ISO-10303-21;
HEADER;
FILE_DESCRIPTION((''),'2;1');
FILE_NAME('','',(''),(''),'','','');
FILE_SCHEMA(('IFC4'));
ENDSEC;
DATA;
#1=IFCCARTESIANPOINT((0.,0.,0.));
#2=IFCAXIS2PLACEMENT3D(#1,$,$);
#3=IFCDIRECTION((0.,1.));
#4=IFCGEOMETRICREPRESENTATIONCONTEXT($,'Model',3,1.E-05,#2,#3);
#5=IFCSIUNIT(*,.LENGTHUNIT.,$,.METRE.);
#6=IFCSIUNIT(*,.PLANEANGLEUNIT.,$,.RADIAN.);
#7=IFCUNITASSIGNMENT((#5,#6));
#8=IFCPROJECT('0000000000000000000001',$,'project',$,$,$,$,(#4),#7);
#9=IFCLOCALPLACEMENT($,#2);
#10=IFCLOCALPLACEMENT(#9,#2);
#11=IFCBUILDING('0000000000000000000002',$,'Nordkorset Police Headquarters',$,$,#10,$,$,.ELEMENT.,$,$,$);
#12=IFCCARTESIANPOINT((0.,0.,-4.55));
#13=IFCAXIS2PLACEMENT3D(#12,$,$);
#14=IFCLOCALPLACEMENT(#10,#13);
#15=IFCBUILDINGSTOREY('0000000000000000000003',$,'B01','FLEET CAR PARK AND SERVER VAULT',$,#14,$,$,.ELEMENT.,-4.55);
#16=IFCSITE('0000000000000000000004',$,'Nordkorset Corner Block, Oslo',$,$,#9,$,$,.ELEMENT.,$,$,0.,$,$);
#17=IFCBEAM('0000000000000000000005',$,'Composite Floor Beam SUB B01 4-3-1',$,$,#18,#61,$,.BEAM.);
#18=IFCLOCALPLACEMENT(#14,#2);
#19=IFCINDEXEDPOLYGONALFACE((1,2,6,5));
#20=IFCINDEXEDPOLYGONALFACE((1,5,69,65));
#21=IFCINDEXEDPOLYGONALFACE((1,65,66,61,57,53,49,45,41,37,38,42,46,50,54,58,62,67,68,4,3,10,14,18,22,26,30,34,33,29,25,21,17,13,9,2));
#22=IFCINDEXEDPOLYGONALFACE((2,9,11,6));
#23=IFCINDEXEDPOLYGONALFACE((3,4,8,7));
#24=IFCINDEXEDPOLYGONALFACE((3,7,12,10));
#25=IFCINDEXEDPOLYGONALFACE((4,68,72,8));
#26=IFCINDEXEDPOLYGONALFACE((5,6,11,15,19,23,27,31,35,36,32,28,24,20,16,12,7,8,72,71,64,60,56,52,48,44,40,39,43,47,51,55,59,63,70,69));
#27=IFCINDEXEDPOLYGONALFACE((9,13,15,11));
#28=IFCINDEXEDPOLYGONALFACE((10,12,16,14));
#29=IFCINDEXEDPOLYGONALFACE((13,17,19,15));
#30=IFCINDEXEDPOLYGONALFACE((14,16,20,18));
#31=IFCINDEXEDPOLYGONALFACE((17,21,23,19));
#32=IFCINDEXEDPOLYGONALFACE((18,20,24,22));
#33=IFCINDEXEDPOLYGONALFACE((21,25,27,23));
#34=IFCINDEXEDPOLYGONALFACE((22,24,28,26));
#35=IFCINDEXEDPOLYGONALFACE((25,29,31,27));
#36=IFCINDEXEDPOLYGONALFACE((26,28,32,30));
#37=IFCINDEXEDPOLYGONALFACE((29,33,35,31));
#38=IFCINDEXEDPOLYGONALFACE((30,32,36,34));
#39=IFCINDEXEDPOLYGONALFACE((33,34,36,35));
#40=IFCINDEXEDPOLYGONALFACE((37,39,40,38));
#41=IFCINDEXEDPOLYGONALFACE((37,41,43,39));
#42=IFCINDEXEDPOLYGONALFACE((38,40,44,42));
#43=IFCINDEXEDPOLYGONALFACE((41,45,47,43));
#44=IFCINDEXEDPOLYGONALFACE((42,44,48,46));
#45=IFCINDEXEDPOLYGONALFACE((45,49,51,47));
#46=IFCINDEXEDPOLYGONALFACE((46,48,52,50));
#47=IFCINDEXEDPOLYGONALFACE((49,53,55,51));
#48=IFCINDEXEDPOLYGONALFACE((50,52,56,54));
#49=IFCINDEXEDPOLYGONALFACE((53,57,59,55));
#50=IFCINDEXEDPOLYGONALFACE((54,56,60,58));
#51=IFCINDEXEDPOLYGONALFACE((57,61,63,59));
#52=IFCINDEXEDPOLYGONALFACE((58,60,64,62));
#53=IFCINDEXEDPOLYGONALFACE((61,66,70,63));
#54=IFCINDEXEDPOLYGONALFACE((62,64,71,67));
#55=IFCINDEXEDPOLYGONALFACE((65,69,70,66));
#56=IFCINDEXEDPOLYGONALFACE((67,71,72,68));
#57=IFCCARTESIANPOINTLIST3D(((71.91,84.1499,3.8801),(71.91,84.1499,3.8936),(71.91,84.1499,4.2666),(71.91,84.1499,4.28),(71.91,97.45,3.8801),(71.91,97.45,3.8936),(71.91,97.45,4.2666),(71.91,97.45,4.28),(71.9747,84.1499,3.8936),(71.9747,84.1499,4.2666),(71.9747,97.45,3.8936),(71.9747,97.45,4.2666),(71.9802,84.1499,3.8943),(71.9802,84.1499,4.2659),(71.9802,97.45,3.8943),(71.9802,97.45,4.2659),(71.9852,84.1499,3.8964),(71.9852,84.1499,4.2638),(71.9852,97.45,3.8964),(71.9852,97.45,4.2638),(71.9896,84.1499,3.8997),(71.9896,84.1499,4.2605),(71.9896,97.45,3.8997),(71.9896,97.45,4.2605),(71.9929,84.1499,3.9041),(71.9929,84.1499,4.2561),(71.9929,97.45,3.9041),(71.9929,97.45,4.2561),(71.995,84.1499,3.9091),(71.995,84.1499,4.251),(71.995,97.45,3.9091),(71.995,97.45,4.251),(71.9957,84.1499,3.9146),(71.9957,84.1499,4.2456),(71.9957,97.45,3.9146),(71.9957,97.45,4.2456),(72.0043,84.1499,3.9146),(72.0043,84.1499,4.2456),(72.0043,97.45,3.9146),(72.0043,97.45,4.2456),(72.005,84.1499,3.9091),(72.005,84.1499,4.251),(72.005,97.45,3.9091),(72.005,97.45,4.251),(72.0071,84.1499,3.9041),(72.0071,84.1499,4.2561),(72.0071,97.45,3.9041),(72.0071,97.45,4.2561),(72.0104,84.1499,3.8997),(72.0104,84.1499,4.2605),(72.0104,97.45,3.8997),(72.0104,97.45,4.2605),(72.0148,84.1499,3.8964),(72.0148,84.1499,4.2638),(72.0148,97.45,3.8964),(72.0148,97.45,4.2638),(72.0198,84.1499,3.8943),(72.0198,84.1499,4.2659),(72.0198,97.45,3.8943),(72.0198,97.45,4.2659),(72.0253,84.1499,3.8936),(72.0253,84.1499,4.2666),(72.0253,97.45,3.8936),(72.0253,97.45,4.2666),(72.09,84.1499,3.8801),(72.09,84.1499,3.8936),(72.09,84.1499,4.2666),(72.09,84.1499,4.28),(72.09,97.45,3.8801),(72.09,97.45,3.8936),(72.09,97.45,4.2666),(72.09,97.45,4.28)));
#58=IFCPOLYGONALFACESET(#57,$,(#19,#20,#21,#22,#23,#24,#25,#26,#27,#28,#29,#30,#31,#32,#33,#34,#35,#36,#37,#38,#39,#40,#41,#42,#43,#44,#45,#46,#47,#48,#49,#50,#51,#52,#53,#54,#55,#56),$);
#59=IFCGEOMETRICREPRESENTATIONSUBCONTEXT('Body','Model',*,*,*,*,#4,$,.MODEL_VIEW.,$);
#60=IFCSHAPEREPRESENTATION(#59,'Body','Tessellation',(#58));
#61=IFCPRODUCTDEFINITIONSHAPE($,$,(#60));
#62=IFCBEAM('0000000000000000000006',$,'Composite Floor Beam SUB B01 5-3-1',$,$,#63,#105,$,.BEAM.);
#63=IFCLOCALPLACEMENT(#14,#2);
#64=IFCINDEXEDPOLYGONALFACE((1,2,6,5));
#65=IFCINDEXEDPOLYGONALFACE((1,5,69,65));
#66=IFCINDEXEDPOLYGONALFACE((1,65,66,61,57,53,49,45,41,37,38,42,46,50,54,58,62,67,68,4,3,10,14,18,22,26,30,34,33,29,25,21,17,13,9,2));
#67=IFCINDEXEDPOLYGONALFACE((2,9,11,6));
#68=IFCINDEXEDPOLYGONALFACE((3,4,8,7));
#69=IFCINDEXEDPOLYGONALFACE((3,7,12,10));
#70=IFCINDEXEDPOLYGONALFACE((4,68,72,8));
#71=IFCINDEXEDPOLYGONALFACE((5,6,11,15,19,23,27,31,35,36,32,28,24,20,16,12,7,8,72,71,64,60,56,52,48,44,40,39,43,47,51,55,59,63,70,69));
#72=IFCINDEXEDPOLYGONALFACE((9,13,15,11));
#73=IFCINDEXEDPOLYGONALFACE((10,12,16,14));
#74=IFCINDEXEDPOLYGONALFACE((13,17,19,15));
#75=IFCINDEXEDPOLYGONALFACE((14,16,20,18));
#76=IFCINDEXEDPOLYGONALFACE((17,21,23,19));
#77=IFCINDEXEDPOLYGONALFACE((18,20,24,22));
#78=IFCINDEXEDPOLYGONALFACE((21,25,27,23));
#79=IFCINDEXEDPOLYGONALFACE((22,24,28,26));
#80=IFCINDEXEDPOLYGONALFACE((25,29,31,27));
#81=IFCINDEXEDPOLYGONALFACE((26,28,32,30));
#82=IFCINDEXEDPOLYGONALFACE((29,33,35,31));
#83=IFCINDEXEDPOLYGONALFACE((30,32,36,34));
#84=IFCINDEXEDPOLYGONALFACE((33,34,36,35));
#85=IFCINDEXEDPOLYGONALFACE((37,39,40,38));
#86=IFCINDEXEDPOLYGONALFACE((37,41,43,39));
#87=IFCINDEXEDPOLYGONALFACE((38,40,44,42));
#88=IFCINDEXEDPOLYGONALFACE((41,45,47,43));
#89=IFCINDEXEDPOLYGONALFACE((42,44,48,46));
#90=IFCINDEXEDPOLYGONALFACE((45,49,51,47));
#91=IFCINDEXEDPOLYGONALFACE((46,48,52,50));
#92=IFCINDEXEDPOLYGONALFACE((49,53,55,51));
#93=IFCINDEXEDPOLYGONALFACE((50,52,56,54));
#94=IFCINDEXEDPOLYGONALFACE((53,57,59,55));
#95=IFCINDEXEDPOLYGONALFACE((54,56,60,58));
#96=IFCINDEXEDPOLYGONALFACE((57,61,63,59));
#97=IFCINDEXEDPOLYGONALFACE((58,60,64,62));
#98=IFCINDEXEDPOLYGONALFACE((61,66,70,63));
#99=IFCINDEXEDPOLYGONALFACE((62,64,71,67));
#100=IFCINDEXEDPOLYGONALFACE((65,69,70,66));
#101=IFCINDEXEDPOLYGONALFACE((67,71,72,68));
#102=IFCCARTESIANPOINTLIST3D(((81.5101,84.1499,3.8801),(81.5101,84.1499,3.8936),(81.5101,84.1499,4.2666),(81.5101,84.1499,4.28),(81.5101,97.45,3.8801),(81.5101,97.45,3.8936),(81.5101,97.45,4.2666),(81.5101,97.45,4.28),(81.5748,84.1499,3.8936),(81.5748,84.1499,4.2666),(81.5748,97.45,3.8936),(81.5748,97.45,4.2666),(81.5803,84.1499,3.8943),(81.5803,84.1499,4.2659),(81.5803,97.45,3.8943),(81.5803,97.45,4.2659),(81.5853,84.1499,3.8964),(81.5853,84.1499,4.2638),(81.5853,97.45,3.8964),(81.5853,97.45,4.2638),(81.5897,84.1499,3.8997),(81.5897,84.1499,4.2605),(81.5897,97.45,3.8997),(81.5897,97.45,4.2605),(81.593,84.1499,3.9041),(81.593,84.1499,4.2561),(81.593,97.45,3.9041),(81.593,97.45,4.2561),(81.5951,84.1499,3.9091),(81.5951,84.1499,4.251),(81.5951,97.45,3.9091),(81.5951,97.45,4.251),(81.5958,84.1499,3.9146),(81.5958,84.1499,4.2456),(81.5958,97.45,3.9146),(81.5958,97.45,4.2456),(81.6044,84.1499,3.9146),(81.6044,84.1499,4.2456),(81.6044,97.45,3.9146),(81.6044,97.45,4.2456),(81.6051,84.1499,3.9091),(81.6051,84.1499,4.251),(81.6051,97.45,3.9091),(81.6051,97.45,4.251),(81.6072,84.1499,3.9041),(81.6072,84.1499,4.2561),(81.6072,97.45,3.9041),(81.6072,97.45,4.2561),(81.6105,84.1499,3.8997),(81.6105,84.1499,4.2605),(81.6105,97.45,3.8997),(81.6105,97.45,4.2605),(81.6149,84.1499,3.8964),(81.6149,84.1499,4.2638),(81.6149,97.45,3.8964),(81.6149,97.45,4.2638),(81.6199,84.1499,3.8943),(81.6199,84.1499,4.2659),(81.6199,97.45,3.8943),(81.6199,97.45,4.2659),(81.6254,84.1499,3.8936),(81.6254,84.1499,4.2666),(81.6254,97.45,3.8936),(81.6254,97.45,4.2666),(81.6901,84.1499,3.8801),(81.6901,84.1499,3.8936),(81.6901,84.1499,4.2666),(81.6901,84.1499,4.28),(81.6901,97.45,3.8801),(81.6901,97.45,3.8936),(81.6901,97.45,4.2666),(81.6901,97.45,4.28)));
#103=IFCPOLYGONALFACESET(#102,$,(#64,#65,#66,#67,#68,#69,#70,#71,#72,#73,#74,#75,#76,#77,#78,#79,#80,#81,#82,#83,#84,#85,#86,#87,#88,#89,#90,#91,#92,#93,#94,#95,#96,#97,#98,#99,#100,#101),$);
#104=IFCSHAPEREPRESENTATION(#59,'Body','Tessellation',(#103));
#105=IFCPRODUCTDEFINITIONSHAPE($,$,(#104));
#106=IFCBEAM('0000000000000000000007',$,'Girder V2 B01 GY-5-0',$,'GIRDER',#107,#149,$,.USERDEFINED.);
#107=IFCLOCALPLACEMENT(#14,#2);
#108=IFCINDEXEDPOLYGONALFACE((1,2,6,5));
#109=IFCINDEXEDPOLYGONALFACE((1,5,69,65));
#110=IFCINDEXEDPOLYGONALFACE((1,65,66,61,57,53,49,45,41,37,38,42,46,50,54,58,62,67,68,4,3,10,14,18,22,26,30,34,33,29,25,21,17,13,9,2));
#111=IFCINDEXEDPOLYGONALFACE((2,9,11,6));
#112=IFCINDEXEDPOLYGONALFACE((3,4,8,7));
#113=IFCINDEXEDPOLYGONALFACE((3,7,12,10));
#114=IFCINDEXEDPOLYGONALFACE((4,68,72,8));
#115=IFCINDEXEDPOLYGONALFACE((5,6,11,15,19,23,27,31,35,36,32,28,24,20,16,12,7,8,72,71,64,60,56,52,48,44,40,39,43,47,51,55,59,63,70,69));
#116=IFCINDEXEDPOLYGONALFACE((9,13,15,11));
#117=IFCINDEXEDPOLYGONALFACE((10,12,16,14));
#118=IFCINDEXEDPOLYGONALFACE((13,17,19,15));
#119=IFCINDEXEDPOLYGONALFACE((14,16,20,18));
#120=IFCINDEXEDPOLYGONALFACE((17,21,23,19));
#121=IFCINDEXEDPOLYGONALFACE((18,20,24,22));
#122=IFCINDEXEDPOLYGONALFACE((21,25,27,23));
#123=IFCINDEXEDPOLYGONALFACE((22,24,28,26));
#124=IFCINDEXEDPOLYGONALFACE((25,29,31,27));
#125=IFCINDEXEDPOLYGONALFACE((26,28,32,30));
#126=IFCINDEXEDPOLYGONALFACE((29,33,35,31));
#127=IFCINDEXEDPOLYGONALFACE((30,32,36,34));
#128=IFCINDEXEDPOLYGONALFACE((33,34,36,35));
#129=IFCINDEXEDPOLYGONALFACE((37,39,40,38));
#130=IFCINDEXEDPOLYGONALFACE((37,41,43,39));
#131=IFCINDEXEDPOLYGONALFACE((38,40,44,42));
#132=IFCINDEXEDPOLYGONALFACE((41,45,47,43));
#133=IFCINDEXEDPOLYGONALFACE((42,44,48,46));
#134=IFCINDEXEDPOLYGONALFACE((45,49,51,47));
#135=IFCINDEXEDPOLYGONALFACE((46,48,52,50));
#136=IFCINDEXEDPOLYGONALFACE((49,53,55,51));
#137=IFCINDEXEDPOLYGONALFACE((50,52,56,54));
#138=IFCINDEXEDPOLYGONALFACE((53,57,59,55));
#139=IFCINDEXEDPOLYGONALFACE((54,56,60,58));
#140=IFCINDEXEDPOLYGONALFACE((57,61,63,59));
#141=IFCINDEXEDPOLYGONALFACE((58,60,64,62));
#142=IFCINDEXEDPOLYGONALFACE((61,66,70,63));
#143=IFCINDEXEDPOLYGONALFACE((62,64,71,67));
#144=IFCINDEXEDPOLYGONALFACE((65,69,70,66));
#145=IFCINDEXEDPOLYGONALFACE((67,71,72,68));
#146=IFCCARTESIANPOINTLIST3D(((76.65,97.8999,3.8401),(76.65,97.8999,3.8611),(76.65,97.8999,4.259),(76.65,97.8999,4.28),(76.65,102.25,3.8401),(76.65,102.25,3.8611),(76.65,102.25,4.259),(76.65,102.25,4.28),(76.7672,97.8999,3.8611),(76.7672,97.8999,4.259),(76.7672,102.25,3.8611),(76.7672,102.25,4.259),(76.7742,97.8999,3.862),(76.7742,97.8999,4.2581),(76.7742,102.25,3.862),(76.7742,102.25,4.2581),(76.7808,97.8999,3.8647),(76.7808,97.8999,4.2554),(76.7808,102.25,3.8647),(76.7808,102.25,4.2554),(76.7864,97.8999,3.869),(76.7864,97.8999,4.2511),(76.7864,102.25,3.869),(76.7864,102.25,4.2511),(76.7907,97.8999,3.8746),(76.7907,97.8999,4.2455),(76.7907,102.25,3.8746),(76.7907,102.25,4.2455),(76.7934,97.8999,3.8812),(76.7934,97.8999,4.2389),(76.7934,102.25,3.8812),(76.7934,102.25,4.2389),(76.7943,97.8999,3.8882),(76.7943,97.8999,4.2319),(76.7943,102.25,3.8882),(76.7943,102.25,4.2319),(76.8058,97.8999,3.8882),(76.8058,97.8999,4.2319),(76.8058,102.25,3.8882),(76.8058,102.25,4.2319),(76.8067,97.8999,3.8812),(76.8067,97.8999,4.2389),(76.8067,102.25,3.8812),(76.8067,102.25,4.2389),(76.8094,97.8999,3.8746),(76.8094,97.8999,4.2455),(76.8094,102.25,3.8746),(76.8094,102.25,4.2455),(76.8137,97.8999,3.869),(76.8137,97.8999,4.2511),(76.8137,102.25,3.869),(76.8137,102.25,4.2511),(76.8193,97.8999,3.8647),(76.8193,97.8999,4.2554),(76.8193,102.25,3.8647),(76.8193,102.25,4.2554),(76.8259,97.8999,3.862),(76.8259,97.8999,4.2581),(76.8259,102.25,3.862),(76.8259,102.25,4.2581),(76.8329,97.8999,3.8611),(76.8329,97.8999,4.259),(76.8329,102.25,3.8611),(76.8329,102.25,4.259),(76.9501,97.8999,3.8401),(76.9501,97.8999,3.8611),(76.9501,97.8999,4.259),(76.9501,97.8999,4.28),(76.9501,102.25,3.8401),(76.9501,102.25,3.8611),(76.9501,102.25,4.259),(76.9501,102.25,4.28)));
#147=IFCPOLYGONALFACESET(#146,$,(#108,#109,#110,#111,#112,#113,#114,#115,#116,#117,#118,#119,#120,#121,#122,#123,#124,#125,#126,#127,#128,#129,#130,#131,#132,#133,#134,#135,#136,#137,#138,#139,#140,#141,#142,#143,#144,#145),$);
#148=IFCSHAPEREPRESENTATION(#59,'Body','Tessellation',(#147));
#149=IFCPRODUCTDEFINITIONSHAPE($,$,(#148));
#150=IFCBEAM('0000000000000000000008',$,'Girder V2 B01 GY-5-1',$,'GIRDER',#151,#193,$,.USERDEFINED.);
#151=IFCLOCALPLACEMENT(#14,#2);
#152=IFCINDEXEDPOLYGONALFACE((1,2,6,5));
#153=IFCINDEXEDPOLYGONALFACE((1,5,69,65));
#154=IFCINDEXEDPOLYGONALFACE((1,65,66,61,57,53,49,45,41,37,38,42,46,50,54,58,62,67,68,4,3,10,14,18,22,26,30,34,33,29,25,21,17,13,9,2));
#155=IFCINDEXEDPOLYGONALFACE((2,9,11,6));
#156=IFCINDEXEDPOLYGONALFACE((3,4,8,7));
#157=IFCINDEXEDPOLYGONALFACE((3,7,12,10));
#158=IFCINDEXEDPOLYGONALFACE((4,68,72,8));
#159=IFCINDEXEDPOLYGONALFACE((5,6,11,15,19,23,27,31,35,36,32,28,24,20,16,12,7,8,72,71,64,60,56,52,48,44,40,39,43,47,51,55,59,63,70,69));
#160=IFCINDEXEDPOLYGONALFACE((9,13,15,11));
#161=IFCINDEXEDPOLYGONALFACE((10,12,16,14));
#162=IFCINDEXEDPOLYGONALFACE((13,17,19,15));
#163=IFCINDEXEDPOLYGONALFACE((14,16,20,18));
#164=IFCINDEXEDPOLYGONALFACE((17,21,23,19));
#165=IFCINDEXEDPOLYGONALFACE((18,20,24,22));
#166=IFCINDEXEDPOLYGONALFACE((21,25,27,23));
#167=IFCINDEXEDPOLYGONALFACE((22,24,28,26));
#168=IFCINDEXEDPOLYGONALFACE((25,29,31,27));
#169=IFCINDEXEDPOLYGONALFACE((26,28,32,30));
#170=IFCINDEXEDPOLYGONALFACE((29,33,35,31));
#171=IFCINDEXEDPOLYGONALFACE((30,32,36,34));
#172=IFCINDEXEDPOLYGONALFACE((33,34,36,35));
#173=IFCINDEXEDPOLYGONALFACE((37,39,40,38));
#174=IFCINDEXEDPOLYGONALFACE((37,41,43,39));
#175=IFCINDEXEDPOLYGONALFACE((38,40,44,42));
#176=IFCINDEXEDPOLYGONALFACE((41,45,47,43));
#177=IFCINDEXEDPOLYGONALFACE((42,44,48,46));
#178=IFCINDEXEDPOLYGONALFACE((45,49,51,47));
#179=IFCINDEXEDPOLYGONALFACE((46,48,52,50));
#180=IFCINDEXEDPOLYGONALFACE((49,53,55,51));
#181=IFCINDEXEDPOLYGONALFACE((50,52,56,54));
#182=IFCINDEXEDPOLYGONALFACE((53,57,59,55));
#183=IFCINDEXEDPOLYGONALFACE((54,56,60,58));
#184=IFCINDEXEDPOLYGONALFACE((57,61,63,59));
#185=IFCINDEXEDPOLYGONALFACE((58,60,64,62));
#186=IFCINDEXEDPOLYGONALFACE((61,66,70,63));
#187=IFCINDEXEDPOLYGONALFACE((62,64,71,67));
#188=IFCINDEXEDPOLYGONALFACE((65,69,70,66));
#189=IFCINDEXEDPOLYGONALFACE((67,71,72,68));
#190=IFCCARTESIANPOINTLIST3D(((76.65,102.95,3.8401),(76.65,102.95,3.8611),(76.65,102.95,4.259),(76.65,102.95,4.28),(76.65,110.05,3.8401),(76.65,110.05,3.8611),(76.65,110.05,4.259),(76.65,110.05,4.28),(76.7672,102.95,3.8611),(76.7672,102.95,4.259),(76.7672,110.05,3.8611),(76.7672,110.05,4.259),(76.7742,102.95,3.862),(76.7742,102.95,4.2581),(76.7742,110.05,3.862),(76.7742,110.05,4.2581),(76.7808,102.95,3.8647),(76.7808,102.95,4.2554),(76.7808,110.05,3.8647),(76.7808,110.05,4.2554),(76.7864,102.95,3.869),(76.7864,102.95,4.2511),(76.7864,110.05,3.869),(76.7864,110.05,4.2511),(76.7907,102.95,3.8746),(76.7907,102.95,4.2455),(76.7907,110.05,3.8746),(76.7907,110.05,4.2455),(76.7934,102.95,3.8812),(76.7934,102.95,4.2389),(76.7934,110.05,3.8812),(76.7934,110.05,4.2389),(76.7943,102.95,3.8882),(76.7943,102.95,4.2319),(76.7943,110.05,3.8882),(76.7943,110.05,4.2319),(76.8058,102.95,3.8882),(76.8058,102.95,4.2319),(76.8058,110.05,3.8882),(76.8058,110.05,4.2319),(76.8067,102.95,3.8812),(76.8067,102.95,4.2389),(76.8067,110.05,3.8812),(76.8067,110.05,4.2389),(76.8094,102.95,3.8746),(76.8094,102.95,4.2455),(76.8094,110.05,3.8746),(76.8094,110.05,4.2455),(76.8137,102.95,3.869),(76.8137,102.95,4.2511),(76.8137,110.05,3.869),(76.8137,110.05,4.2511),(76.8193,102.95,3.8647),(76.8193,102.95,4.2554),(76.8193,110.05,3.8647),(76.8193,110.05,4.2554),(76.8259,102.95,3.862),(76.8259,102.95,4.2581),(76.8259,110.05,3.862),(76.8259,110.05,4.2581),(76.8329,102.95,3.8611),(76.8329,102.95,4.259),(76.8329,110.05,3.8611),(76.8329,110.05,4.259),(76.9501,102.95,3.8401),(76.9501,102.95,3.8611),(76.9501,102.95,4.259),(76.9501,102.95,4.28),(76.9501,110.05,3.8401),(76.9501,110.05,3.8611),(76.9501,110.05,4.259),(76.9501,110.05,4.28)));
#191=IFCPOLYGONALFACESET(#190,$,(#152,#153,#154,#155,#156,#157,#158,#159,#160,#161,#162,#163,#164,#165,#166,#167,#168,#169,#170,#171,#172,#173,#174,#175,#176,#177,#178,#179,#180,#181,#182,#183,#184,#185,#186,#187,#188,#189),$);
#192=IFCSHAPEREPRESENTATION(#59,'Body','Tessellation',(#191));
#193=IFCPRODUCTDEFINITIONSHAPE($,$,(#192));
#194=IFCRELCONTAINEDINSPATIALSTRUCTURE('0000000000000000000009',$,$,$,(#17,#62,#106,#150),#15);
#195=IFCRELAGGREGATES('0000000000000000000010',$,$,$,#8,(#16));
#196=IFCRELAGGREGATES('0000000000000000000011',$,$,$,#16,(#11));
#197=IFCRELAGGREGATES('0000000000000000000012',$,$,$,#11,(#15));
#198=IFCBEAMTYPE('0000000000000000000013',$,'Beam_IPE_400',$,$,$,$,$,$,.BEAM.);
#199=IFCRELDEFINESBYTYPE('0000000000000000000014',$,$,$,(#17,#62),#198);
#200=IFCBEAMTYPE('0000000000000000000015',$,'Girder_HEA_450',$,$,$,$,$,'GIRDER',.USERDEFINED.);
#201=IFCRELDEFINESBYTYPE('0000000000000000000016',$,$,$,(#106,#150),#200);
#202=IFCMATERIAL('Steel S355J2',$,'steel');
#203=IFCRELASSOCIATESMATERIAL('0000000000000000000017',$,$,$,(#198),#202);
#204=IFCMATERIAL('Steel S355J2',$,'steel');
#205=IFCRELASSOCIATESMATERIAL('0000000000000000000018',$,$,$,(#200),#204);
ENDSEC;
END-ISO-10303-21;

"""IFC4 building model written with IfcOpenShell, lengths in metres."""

from ifc_helpers import new_model, si_unit, direction, frame, origin, origin_2d, place, context, subcontext, project, spatial, i_section, extrude, material, material_profile, profile_set, type_object, element, save


model = new_model("IFC4")

# Units and contexts
model_context = context("Model", 3, precision=1e-05, world=origin(), true_north=direction((0.0, 1.0)))
body_context = subcontext(model_context, "Body", "Model", "MODEL_VIEW")
ifc_project = project(units=[si_unit("LENGTHUNIT", "METRE"), si_unit("PLANEANGLEUNIT", "RADIAN")], contexts=[model_context])

# Site, building, storey
site_placement = place(None, origin())
site = spatial("IfcSite", under=ifc_project, at=site_placement, Name="Nordkorset Corner Block, Oslo", CompositionType="ELEMENT", RefElevation=0.0)
building_placement = place(site_placement, origin())
building = spatial("IfcBuilding", under=site, at=building_placement, Name="Nordkorset Police Headquarters", CompositionType="ELEMENT")
storey_placement = place(building_placement, frame((0.0, 0.0, -4.55)))
storey = spatial("IfcBuildingStorey", under=building, at=storey_placement, Name="B01", Description="FLEET CAR PARK AND SERVER VAULT", CompositionType="ELEMENT", Elevation=-4.55)

# Beams
ifc_material_1 = material(Name="Steel S355J2", Category="steel")
ifc_material_profile_1 = material_profile(ifc_material_1, i_section(OverallWidth=0.1799, OverallDepth=0.3999, WebThickness=0.0085, FlangeThickness=0.0134, FilletRadius=0.021, at=origin_2d()), Name="IPE 400")
ifc_profile_set_1 = profile_set([ifc_material_profile_1], Name="Steel S355J2")
beam_type_1 = type_object("IfcBeamType", Name="Beam_IPE_400", PredefinedType="BEAM", material=ifc_profile_set_1)
for number, where, z_axis, x_axis, name in (
    (1, (72.0, 84.1499, 4.0801), (0.0, 1.0, 0.0), (-1.0, 0.0, 0.0), "Composite Floor Beam SUB B01 4-3-1"),
    (2, (81.6001, 84.1499, 4.0801), (0.0, 1.0, 0.0), (-1.0, 0.0, 0.0), "Composite Floor Beam SUB B01 5-3-1"),
):
    element("IfcBeam", number, at=place(storey_placement, frame(where, z_axis=z_axis, x_axis=x_axis)), inside=storey, type_object=beam_type_1, Name=name, PredefinedType="BEAM", context=body_context, shape_type="SweptSolid", body=[
        extrude(i_section(OverallWidth=0.1799, OverallDepth=0.3999, WebThickness=0.0085, FlangeThickness=0.0134, FilletRadius=0.021, at=origin_2d()), origin(), (0.0, 0.0, 1.0), 13.3),
    ])
ifc_material_2 = material(Name="Steel S355J2", Category="steel")
ifc_material_profile_2 = material_profile(ifc_material_2, i_section(OverallWidth=0.3, OverallDepth=0.4399, WebThickness=0.0115, FlangeThickness=0.021, FilletRadius=0.0271, at=origin_2d()), Name="HEA 450")
ifc_profile_set_2 = profile_set([ifc_material_profile_2], Name="Steel S355J2")
beam_type_2 = type_object("IfcBeamType", Name="Girder_HEA_450", ElementType="GIRDER", PredefinedType="USERDEFINED", material=ifc_profile_set_2)
beam_1_placement = place(storey_placement, frame((76.8, 97.8999, 4.0601), z_axis=(0.0, 1.0, 0.0), x_axis=(-1.0, 0.0, 0.0)))
element("IfcBeam", 3, at=beam_1_placement, inside=storey, type_object=beam_type_2, Name="Girder V2 B01 GY-5-0", ObjectType="GIRDER", PredefinedType="USERDEFINED", context=body_context, shape_type="SweptSolid", body=[
    extrude(i_section(OverallWidth=0.3, OverallDepth=0.4399, WebThickness=0.0115, FlangeThickness=0.021, FilletRadius=0.0271, at=origin_2d()), origin(), (0.0, 0.0, 1.0), 4.3501),
])
beam_2_placement = place(storey_placement, frame((76.8, 102.95, 4.0601), z_axis=(0.0, 1.0, 0.0), x_axis=(-1.0, 0.0, 0.0)))
element("IfcBeam", 4, at=beam_2_placement, inside=storey, type_object=beam_type_2, Name="Girder V2 B01 GY-5-1", ObjectType="GIRDER", PredefinedType="USERDEFINED", context=body_context, shape_type="SweptSolid", body=[
    extrude(i_section(OverallWidth=0.3, OverallDepth=0.4399, WebThickness=0.0115, FlangeThickness=0.021, FilletRadius=0.0271, at=origin_2d()), origin(), (0.0, 0.0, 1.0), 7.1001),
])

save(model, "model.ifc")
